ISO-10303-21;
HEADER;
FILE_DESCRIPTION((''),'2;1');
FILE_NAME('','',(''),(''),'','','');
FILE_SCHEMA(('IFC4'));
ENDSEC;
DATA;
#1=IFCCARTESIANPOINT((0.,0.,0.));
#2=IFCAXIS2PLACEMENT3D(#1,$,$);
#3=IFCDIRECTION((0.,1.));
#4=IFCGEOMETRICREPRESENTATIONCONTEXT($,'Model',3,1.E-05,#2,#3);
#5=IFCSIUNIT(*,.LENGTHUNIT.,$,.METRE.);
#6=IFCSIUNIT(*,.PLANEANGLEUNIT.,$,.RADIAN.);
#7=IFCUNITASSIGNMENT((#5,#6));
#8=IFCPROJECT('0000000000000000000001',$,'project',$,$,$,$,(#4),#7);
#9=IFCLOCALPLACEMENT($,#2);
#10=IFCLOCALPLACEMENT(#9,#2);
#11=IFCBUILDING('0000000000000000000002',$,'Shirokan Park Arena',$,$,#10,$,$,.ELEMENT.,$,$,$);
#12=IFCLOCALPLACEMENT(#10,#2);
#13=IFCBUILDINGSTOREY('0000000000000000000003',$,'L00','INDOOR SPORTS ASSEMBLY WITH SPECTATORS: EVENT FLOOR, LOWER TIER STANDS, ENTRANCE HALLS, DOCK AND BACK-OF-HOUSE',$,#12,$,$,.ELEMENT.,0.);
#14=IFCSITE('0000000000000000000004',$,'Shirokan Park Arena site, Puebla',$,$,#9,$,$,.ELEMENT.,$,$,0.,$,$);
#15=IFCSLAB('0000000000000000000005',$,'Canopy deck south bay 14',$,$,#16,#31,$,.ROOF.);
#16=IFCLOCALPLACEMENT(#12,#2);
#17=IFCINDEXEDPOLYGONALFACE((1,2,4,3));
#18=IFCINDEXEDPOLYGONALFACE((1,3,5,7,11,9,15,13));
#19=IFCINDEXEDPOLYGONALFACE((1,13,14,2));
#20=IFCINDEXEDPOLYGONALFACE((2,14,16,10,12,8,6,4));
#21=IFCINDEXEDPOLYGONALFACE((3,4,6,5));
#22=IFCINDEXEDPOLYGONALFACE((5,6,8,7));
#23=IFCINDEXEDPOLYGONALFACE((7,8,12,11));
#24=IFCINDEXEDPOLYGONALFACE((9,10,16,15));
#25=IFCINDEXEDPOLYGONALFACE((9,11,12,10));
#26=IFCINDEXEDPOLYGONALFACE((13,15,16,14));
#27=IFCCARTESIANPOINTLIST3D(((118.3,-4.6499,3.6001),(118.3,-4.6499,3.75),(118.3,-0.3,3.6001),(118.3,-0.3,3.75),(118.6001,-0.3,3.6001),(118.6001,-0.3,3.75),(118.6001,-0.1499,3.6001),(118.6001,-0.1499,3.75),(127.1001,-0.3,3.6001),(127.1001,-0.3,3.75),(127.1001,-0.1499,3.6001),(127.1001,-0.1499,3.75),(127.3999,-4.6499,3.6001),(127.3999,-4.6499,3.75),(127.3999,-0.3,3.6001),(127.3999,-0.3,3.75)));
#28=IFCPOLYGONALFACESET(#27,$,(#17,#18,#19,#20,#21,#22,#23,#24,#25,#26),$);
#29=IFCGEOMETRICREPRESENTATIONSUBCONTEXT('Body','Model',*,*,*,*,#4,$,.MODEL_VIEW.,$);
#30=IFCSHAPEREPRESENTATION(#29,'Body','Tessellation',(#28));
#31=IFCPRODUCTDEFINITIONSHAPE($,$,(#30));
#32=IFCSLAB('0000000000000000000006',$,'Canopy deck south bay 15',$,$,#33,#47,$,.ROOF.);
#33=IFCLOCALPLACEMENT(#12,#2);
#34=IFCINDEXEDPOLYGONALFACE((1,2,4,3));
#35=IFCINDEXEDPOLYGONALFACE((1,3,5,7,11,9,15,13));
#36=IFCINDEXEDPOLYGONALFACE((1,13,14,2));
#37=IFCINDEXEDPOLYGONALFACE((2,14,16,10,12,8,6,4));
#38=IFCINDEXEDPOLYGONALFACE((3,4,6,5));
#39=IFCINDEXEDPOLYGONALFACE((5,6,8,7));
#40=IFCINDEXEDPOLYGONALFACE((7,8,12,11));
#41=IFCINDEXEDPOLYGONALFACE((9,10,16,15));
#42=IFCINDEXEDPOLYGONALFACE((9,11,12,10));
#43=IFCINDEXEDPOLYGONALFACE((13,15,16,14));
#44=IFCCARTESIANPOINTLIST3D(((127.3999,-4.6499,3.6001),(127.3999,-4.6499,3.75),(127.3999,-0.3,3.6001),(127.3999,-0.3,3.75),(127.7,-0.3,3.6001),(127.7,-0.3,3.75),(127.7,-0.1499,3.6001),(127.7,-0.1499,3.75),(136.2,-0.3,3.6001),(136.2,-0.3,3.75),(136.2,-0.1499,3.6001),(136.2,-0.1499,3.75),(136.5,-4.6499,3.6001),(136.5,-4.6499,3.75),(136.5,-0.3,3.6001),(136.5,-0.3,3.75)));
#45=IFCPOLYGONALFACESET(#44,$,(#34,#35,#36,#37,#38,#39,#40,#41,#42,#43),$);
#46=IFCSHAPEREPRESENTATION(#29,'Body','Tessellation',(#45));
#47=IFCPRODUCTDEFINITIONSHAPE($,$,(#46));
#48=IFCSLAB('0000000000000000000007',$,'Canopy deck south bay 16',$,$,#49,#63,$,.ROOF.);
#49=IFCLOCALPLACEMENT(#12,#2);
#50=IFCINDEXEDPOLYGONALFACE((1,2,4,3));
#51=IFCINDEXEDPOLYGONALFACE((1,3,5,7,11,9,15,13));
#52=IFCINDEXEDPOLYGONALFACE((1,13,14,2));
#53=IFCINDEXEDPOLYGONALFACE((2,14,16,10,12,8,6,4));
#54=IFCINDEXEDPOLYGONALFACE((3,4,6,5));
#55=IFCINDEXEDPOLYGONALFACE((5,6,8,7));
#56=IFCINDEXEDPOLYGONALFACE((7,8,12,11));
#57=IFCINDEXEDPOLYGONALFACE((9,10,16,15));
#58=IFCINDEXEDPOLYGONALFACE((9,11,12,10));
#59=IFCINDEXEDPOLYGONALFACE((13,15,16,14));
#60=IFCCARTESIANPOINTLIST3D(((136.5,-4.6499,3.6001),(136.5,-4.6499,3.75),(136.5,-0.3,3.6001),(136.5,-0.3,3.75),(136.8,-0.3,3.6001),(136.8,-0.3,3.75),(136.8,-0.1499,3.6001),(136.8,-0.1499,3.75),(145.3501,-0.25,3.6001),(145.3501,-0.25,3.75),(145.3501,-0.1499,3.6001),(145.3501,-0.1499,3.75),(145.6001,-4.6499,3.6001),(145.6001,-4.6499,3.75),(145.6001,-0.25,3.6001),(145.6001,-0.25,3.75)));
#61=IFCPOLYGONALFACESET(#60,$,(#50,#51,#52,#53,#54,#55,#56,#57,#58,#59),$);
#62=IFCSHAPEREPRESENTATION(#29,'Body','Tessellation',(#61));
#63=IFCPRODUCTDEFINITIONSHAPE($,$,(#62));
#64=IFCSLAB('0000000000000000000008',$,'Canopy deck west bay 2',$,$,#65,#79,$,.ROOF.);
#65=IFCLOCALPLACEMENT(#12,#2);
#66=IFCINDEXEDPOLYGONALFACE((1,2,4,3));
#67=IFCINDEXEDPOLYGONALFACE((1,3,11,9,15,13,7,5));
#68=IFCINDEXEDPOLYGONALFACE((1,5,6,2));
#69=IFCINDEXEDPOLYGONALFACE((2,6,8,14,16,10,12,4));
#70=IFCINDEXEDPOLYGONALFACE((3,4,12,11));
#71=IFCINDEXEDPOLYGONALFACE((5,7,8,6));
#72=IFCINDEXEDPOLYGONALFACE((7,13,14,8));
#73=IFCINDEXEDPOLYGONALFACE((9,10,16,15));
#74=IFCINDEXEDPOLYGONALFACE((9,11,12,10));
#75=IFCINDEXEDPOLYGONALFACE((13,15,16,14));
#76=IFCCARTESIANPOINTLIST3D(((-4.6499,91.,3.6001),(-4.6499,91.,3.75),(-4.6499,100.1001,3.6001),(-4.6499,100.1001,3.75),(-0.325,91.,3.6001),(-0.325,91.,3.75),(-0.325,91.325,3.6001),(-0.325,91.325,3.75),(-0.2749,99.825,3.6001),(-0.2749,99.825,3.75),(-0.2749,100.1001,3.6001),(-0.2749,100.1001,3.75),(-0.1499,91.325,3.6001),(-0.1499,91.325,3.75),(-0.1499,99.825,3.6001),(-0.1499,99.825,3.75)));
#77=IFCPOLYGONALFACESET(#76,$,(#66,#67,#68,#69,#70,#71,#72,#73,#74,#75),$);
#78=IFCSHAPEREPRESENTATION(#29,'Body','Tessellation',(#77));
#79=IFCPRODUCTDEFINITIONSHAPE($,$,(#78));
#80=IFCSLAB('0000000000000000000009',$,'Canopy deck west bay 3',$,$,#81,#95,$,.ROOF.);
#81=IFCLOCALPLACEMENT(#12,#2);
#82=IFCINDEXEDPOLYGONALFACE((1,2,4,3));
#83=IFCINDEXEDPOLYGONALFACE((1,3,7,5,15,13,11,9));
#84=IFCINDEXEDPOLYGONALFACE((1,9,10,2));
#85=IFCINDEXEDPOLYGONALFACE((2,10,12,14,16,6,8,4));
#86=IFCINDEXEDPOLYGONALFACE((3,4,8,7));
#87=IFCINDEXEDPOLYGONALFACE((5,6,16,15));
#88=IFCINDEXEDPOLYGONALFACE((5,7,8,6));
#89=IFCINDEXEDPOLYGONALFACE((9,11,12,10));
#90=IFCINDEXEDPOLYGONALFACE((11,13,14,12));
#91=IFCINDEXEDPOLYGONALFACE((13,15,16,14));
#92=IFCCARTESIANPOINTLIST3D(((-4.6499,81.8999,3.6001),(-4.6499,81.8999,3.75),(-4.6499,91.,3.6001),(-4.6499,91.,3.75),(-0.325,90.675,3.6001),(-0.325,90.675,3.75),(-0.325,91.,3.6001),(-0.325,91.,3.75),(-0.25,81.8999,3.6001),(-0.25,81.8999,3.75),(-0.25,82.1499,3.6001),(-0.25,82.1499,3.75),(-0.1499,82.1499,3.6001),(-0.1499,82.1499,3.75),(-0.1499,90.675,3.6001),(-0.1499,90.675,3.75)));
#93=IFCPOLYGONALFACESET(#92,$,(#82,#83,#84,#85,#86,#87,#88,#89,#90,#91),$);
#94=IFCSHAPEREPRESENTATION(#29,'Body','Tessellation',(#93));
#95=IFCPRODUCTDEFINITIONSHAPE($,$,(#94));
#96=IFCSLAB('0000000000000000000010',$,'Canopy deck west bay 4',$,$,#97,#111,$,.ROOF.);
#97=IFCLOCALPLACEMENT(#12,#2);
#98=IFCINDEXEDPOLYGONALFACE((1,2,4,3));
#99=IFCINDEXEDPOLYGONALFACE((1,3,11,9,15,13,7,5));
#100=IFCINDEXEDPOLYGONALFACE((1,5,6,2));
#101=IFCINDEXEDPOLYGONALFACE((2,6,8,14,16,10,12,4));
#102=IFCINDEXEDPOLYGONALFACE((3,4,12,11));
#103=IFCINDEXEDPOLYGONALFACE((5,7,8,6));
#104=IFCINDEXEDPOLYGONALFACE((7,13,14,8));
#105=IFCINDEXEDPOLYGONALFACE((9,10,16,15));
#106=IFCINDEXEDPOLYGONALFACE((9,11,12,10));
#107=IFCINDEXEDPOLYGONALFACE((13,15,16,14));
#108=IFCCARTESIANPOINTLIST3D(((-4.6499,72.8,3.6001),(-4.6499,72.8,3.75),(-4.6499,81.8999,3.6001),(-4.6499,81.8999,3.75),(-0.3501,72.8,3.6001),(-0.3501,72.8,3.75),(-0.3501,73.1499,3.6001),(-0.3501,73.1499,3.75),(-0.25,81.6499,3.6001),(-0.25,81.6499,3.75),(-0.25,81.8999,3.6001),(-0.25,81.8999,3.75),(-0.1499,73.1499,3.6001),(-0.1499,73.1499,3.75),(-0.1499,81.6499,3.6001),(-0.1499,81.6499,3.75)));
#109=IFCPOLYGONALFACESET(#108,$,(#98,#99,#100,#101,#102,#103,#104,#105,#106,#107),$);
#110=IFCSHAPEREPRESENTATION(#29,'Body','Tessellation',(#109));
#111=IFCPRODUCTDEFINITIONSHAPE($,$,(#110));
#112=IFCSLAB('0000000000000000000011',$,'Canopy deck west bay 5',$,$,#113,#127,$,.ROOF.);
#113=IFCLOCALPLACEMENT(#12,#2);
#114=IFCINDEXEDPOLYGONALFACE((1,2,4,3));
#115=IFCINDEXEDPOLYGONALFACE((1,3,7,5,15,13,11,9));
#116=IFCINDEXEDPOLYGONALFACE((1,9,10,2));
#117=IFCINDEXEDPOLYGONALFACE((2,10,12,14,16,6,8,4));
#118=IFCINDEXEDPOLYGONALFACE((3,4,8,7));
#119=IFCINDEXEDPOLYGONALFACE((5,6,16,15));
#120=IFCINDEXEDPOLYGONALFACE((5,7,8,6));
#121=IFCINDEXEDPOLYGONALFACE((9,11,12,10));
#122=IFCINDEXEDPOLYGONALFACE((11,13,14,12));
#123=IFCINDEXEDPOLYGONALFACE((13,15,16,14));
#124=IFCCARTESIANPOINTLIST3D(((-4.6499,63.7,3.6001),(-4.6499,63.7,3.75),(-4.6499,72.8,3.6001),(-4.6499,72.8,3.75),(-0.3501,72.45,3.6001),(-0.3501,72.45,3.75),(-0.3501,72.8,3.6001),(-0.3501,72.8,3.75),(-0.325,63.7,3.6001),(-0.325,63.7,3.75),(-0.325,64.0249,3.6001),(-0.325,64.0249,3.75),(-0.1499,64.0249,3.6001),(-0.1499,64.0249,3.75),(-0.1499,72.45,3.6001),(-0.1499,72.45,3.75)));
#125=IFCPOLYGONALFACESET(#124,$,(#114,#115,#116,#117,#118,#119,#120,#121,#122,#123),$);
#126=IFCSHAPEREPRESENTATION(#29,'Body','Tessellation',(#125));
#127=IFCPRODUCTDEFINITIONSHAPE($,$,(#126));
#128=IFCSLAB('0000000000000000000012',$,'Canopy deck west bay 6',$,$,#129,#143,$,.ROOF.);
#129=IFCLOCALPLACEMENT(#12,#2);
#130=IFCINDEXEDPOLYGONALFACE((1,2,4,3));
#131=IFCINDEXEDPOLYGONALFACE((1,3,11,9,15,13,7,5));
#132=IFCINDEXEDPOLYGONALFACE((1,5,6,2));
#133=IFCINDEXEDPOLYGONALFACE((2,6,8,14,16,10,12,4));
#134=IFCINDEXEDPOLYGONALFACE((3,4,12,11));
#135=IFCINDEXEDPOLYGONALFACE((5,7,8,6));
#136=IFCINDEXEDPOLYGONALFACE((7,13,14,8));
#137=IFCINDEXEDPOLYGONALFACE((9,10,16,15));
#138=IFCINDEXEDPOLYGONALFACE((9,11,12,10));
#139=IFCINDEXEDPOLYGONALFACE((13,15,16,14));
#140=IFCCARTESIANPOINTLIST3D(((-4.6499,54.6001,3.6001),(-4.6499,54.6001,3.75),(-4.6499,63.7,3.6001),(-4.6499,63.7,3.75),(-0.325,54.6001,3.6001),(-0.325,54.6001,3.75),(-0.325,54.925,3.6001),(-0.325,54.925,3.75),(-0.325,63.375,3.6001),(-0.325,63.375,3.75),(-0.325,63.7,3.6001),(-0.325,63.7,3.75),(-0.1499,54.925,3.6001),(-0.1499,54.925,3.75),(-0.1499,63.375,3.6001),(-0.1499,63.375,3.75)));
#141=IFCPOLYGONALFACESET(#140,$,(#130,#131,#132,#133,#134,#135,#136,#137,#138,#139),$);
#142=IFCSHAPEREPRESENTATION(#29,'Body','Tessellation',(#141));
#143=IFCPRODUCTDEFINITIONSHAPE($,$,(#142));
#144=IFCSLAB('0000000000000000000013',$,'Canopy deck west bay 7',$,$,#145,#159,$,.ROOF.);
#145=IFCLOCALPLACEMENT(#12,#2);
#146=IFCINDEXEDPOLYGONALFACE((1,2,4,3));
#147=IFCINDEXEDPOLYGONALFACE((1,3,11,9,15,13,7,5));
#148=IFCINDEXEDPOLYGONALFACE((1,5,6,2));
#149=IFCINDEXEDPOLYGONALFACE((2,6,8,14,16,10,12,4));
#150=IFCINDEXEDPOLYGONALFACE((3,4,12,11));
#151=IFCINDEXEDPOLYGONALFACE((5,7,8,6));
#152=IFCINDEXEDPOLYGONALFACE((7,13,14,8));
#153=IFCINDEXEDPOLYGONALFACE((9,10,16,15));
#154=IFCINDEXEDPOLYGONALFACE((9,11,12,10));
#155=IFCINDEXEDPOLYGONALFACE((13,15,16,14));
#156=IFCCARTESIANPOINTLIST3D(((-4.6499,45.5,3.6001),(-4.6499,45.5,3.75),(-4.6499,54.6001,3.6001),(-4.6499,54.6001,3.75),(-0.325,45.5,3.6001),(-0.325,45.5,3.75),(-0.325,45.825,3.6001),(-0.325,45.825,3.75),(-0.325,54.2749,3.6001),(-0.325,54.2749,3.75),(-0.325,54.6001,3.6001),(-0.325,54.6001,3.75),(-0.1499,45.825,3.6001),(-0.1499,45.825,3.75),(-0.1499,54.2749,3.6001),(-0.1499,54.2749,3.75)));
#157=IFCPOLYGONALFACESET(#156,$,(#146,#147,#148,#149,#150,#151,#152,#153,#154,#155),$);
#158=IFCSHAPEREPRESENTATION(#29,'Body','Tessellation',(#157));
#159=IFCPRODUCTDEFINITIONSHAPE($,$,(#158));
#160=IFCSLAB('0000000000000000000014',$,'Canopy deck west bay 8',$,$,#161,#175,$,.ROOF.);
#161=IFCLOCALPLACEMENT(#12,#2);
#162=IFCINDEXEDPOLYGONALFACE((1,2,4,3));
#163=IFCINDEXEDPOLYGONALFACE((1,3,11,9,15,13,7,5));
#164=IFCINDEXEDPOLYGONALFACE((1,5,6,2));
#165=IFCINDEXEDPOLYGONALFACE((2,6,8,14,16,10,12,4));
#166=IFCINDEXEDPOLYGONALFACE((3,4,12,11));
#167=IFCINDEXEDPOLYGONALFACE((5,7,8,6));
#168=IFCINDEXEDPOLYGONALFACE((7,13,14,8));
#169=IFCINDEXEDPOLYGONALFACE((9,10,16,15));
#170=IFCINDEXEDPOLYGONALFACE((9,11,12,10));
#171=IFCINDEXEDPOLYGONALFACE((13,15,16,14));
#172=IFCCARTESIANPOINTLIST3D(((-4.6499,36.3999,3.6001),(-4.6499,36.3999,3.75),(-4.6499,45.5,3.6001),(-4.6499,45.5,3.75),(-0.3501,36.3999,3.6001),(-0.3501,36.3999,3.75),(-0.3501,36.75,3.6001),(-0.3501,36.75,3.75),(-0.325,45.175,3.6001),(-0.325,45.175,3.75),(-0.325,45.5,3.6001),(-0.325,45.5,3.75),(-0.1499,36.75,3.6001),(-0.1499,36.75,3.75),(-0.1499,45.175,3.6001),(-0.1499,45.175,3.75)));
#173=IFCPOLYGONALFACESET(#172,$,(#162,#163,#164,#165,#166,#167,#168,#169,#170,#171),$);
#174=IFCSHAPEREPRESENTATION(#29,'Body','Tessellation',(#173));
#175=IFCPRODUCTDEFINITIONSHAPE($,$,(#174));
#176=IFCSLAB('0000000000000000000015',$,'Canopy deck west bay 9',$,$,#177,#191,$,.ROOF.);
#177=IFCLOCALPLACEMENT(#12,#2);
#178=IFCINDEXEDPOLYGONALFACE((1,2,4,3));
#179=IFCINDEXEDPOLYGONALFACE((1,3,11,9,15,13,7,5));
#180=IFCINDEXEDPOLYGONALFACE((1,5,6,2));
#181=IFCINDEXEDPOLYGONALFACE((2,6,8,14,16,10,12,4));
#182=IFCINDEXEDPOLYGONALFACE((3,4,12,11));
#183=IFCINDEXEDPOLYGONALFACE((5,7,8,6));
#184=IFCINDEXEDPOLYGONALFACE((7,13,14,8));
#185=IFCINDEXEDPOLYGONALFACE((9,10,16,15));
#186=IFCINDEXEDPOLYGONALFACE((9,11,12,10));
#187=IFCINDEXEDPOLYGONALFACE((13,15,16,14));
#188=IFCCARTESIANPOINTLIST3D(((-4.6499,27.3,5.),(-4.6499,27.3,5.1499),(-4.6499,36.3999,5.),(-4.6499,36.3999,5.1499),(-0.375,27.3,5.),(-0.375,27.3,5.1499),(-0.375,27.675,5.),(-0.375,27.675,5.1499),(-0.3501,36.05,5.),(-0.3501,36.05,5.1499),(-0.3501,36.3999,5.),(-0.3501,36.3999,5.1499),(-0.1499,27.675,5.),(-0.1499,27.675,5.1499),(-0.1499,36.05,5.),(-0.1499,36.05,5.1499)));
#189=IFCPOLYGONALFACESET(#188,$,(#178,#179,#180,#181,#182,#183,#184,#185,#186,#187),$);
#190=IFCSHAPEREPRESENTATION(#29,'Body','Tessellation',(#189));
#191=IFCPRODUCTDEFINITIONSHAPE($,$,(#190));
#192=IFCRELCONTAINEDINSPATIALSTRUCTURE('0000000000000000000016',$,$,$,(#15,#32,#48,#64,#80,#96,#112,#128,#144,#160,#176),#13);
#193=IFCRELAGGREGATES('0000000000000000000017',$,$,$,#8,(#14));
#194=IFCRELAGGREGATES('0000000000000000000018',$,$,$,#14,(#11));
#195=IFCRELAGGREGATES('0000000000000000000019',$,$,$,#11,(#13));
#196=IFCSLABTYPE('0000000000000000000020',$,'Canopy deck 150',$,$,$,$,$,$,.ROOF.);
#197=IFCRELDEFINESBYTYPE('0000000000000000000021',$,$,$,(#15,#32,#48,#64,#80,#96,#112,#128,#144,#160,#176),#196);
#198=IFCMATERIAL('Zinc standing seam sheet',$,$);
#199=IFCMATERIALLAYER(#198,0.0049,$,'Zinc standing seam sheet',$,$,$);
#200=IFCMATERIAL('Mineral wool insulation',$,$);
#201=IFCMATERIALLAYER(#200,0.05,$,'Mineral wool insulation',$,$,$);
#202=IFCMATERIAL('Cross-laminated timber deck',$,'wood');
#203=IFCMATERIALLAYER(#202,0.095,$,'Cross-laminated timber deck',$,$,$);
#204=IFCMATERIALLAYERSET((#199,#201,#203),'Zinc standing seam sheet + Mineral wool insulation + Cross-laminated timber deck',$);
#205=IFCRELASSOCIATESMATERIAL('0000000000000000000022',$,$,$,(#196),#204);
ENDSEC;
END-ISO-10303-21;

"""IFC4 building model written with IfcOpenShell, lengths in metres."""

from ifc_helpers import new_model, si_unit, direction, frame, origin, place, context, subcontext, project, spatial, polyline, outline, extrude, material, layer, layer_set, type_object, element, save


model = new_model("IFC4")

# Units and contexts
model_context = context("Model", 3, precision=1e-05, world=origin(), true_north=direction((0.0, 1.0)))
body_context = subcontext(model_context, "Body", "Model", "MODEL_VIEW")
ifc_project = project(units=[si_unit("LENGTHUNIT", "METRE"), si_unit("PLANEANGLEUNIT", "RADIAN")], contexts=[model_context])

# Site, building, storey
site_placement = place(None, origin())
site = spatial("IfcSite", under=ifc_project, at=site_placement, Name="Shirokan Park Arena site, Puebla", CompositionType="ELEMENT", RefElevation=0.0)
building_placement = place(site_placement, origin())
building = spatial("IfcBuilding", under=site, at=building_placement, Name="Shirokan Park Arena", CompositionType="ELEMENT")
storey_placement = place(building_placement, origin())
storey = spatial("IfcBuildingStorey", under=building, at=storey_placement, Name="L00", Description="INDOOR SPORTS ASSEMBLY WITH SPECTATORS: EVENT FLOOR, LOWER TIER STANDS, ENTRANCE HALLS, DOCK AND BACK-OF-HOUSE", CompositionType="ELEMENT", Elevation=0.0)

# Slabs
ifc_material_1 = material(Name="Zinc standing seam sheet")
ifc_layer_1 = layer(ifc_material_1, 0.0049, Name="Zinc standing seam sheet")
ifc_material_2 = material(Name="Mineral wool insulation")
ifc_layer_2 = layer(ifc_material_2, 0.05, Name="Mineral wool insulation")
ifc_material_3 = material(Name="Cross-laminated timber deck", Category="wood")
ifc_layer_3 = layer(ifc_material_3, 0.095, Name="Cross-laminated timber deck")
ifc_layer_set_1 = layer_set([ifc_layer_1, ifc_layer_2, ifc_layer_3], Name="Zinc standing seam sheet + Mineral wool insulation + Cross-laminated timber deck")
slab_type_1 = type_object("IfcSlabType", Name="Canopy deck 150", PredefinedType="ROOF", material=ifc_layer_set_1)
slab_1_placement = place(storey_placement, frame((0.0, 0.0, 3.6001)))
element("IfcSlab", 1, at=slab_1_placement, inside=storey, type_object=slab_type_1, Name="Canopy deck south bay 14", PredefinedType="ROOF", context=body_context, shape_type="SweptSolid", body=[
    extrude(outline(polyline([(127.1001, -0.1499), (127.1001, -0.3), (127.3999, -0.3), (127.3999, -4.6499), (118.3, -4.6499), (118.3, -0.3), (118.6001, -0.3), (118.6001, -0.1499), (127.1001, -0.1499)])), origin(), (0.0, 0.0, 1.0), 0.1499),
])
slab_2_placement = place(storey_placement, frame((0.0, 0.0, 3.6001)))
element("IfcSlab", 2, at=slab_2_placement, inside=storey, type_object=slab_type_1, Name="Canopy deck south bay 15", PredefinedType="ROOF", context=body_context, shape_type="SweptSolid", body=[
    extrude(outline(polyline([(136.2, -0.1499), (136.2, -0.3), (136.5, -0.3), (136.5, -4.6499), (127.3999, -4.6499), (127.3999, -0.3), (127.7, -0.3), (127.7, -0.1499), (136.2, -0.1499)])), origin(), (0.0, 0.0, 1.0), 0.1499),
])
slab_3_placement = place(storey_placement, frame((0.0, 0.0, 3.6001)))
element("IfcSlab", 3, at=slab_3_placement, inside=storey, type_object=slab_type_1, Name="Canopy deck south bay 16", PredefinedType="ROOF", context=body_context, shape_type="SweptSolid", body=[
    extrude(outline(polyline([(145.3501, -0.1499), (145.3501, -0.25), (145.6001, -0.25), (145.6001, -4.6499), (136.5, -4.6499), (136.5, -0.3), (136.8, -0.3), (136.8, -0.1499), (145.3501, -0.1499)])), origin(), (0.0, 0.0, 1.0), 0.1499),
])
slab_4_placement = place(storey_placement, frame((0.0, 0.0, 3.6001)))
element("IfcSlab", 4, at=slab_4_placement, inside=storey, type_object=slab_type_1, Name="Canopy deck west bay 2", PredefinedType="ROOF", context=body_context, shape_type="SweptSolid", body=[
    extrude(outline(polyline([(-0.1499, 91.325), (-0.325, 91.325), (-0.325, 91.0), (-4.6499, 91.0), (-4.6499, 100.1001), (-0.2749, 100.1001), (-0.2749, 99.825), (-0.1499, 99.825), (-0.1499, 91.325)])), origin(), (0.0, 0.0, 1.0), 0.1499),
])
slab_5_placement = place(storey_placement, frame((0.0, 0.0, 3.6001)))
element("IfcSlab", 5, at=slab_5_placement, inside=storey, type_object=slab_type_1, Name="Canopy deck west bay 3", PredefinedType="ROOF", context=body_context, shape_type="SweptSolid", body=[
    extrude(outline(polyline([(-0.1499, 82.1499), (-0.25, 82.1499), (-0.25, 81.8999), (-4.6499, 81.8999), (-4.6499, 91.0), (-0.325, 91.0), (-0.325, 90.675), (-0.1499, 90.675), (-0.1499, 82.1499)])), origin(), (0.0, 0.0, 1.0), 0.1499),
])
slab_6_placement = place(storey_placement, frame((0.0, 0.0, 3.6001)))
element("IfcSlab", 6, at=slab_6_placement, inside=storey, type_object=slab_type_1, Name="Canopy deck west bay 4", PredefinedType="ROOF", context=body_context, shape_type="SweptSolid", body=[
    extrude(outline(polyline([(-0.1499, 73.1499), (-0.3501, 73.1499), (-0.3501, 72.8), (-4.6499, 72.8), (-4.6499, 81.8999), (-0.25, 81.8999), (-0.25, 81.6499), (-0.1499, 81.6499), (-0.1499, 73.1499)])), origin(), (0.0, 0.0, 1.0), 0.1499),
])
slab_7_placement = place(storey_placement, frame((0.0, 0.0, 3.6001)))
element("IfcSlab", 7, at=slab_7_placement, inside=storey, type_object=slab_type_1, Name="Canopy deck west bay 5", PredefinedType="ROOF", context=body_context, shape_type="SweptSolid", body=[
    extrude(outline(polyline([(-0.1499, 64.0249), (-0.325, 64.0249), (-0.325, 63.7), (-4.6499, 63.7), (-4.6499, 72.8), (-0.3501, 72.8), (-0.3501, 72.45), (-0.1499, 72.45), (-0.1499, 64.0249)])), origin(), (0.0, 0.0, 1.0), 0.1499),
])
slab_8_placement = place(storey_placement, frame((0.0, 0.0, 3.6001)))
element("IfcSlab", 8, at=slab_8_placement, inside=storey, type_object=slab_type_1, Name="Canopy deck west bay 6", PredefinedType="ROOF", context=body_context, shape_type="SweptSolid", body=[
    extrude(outline(polyline([(-0.1499, 54.925), (-0.325, 54.925), (-0.325, 54.6001), (-4.6499, 54.6001), (-4.6499, 63.7), (-0.325, 63.7), (-0.325, 63.375), (-0.1499, 63.375), (-0.1499, 54.925)])), origin(), (0.0, 0.0, 1.0), 0.1499),
])
slab_9_placement = place(storey_placement, frame((0.0, 0.0, 3.6001)))
element("IfcSlab", 9, at=slab_9_placement, inside=storey, type_object=slab_type_1, Name="Canopy deck west bay 7", PredefinedType="ROOF", context=body_context, shape_type="SweptSolid", body=[
    extrude(outline(polyline([(-0.1499, 45.825), (-0.325, 45.825), (-0.325, 45.5), (-4.6499, 45.5), (-4.6499, 54.6001), (-0.325, 54.6001), (-0.325, 54.2749), (-0.1499, 54.2749), (-0.1499, 45.825)])), origin(), (0.0, 0.0, 1.0), 0.1499),
])
slab_10_placement = place(storey_placement, frame((0.0, 0.0, 3.6001)))
element("IfcSlab", 10, at=slab_10_placement, inside=storey, type_object=slab_type_1, Name="Canopy deck west bay 8", PredefinedType="ROOF", context=body_context, shape_type="SweptSolid", body=[
    extrude(outline(polyline([(-0.1499, 36.75), (-0.3501, 36.75), (-0.3501, 36.3999), (-4.6499, 36.3999), (-4.6499, 45.5), (-0.325, 45.5), (-0.325, 45.175), (-0.1499, 45.175), (-0.1499, 36.75)])), origin(), (0.0, 0.0, 1.0), 0.1499),
])
slab_11_placement = place(storey_placement, frame((0.0, 0.0, 5.0)))
element("IfcSlab", 11, at=slab_11_placement, inside=storey, type_object=slab_type_1, Name="Canopy deck west bay 9", PredefinedType="ROOF", context=body_context, shape_type="SweptSolid", body=[
    extrude(outline(polyline([(-0.1499, 27.675), (-0.375, 27.675), (-0.375, 27.3), (-4.6499, 27.3), (-4.6499, 36.3999), (-0.3501, 36.3999), (-0.3501, 36.05), (-0.1499, 36.05), (-0.1499, 27.675)])), origin(), (0.0, 0.0, 1.0), 0.1499),
])

save(model, "model.ifc")
